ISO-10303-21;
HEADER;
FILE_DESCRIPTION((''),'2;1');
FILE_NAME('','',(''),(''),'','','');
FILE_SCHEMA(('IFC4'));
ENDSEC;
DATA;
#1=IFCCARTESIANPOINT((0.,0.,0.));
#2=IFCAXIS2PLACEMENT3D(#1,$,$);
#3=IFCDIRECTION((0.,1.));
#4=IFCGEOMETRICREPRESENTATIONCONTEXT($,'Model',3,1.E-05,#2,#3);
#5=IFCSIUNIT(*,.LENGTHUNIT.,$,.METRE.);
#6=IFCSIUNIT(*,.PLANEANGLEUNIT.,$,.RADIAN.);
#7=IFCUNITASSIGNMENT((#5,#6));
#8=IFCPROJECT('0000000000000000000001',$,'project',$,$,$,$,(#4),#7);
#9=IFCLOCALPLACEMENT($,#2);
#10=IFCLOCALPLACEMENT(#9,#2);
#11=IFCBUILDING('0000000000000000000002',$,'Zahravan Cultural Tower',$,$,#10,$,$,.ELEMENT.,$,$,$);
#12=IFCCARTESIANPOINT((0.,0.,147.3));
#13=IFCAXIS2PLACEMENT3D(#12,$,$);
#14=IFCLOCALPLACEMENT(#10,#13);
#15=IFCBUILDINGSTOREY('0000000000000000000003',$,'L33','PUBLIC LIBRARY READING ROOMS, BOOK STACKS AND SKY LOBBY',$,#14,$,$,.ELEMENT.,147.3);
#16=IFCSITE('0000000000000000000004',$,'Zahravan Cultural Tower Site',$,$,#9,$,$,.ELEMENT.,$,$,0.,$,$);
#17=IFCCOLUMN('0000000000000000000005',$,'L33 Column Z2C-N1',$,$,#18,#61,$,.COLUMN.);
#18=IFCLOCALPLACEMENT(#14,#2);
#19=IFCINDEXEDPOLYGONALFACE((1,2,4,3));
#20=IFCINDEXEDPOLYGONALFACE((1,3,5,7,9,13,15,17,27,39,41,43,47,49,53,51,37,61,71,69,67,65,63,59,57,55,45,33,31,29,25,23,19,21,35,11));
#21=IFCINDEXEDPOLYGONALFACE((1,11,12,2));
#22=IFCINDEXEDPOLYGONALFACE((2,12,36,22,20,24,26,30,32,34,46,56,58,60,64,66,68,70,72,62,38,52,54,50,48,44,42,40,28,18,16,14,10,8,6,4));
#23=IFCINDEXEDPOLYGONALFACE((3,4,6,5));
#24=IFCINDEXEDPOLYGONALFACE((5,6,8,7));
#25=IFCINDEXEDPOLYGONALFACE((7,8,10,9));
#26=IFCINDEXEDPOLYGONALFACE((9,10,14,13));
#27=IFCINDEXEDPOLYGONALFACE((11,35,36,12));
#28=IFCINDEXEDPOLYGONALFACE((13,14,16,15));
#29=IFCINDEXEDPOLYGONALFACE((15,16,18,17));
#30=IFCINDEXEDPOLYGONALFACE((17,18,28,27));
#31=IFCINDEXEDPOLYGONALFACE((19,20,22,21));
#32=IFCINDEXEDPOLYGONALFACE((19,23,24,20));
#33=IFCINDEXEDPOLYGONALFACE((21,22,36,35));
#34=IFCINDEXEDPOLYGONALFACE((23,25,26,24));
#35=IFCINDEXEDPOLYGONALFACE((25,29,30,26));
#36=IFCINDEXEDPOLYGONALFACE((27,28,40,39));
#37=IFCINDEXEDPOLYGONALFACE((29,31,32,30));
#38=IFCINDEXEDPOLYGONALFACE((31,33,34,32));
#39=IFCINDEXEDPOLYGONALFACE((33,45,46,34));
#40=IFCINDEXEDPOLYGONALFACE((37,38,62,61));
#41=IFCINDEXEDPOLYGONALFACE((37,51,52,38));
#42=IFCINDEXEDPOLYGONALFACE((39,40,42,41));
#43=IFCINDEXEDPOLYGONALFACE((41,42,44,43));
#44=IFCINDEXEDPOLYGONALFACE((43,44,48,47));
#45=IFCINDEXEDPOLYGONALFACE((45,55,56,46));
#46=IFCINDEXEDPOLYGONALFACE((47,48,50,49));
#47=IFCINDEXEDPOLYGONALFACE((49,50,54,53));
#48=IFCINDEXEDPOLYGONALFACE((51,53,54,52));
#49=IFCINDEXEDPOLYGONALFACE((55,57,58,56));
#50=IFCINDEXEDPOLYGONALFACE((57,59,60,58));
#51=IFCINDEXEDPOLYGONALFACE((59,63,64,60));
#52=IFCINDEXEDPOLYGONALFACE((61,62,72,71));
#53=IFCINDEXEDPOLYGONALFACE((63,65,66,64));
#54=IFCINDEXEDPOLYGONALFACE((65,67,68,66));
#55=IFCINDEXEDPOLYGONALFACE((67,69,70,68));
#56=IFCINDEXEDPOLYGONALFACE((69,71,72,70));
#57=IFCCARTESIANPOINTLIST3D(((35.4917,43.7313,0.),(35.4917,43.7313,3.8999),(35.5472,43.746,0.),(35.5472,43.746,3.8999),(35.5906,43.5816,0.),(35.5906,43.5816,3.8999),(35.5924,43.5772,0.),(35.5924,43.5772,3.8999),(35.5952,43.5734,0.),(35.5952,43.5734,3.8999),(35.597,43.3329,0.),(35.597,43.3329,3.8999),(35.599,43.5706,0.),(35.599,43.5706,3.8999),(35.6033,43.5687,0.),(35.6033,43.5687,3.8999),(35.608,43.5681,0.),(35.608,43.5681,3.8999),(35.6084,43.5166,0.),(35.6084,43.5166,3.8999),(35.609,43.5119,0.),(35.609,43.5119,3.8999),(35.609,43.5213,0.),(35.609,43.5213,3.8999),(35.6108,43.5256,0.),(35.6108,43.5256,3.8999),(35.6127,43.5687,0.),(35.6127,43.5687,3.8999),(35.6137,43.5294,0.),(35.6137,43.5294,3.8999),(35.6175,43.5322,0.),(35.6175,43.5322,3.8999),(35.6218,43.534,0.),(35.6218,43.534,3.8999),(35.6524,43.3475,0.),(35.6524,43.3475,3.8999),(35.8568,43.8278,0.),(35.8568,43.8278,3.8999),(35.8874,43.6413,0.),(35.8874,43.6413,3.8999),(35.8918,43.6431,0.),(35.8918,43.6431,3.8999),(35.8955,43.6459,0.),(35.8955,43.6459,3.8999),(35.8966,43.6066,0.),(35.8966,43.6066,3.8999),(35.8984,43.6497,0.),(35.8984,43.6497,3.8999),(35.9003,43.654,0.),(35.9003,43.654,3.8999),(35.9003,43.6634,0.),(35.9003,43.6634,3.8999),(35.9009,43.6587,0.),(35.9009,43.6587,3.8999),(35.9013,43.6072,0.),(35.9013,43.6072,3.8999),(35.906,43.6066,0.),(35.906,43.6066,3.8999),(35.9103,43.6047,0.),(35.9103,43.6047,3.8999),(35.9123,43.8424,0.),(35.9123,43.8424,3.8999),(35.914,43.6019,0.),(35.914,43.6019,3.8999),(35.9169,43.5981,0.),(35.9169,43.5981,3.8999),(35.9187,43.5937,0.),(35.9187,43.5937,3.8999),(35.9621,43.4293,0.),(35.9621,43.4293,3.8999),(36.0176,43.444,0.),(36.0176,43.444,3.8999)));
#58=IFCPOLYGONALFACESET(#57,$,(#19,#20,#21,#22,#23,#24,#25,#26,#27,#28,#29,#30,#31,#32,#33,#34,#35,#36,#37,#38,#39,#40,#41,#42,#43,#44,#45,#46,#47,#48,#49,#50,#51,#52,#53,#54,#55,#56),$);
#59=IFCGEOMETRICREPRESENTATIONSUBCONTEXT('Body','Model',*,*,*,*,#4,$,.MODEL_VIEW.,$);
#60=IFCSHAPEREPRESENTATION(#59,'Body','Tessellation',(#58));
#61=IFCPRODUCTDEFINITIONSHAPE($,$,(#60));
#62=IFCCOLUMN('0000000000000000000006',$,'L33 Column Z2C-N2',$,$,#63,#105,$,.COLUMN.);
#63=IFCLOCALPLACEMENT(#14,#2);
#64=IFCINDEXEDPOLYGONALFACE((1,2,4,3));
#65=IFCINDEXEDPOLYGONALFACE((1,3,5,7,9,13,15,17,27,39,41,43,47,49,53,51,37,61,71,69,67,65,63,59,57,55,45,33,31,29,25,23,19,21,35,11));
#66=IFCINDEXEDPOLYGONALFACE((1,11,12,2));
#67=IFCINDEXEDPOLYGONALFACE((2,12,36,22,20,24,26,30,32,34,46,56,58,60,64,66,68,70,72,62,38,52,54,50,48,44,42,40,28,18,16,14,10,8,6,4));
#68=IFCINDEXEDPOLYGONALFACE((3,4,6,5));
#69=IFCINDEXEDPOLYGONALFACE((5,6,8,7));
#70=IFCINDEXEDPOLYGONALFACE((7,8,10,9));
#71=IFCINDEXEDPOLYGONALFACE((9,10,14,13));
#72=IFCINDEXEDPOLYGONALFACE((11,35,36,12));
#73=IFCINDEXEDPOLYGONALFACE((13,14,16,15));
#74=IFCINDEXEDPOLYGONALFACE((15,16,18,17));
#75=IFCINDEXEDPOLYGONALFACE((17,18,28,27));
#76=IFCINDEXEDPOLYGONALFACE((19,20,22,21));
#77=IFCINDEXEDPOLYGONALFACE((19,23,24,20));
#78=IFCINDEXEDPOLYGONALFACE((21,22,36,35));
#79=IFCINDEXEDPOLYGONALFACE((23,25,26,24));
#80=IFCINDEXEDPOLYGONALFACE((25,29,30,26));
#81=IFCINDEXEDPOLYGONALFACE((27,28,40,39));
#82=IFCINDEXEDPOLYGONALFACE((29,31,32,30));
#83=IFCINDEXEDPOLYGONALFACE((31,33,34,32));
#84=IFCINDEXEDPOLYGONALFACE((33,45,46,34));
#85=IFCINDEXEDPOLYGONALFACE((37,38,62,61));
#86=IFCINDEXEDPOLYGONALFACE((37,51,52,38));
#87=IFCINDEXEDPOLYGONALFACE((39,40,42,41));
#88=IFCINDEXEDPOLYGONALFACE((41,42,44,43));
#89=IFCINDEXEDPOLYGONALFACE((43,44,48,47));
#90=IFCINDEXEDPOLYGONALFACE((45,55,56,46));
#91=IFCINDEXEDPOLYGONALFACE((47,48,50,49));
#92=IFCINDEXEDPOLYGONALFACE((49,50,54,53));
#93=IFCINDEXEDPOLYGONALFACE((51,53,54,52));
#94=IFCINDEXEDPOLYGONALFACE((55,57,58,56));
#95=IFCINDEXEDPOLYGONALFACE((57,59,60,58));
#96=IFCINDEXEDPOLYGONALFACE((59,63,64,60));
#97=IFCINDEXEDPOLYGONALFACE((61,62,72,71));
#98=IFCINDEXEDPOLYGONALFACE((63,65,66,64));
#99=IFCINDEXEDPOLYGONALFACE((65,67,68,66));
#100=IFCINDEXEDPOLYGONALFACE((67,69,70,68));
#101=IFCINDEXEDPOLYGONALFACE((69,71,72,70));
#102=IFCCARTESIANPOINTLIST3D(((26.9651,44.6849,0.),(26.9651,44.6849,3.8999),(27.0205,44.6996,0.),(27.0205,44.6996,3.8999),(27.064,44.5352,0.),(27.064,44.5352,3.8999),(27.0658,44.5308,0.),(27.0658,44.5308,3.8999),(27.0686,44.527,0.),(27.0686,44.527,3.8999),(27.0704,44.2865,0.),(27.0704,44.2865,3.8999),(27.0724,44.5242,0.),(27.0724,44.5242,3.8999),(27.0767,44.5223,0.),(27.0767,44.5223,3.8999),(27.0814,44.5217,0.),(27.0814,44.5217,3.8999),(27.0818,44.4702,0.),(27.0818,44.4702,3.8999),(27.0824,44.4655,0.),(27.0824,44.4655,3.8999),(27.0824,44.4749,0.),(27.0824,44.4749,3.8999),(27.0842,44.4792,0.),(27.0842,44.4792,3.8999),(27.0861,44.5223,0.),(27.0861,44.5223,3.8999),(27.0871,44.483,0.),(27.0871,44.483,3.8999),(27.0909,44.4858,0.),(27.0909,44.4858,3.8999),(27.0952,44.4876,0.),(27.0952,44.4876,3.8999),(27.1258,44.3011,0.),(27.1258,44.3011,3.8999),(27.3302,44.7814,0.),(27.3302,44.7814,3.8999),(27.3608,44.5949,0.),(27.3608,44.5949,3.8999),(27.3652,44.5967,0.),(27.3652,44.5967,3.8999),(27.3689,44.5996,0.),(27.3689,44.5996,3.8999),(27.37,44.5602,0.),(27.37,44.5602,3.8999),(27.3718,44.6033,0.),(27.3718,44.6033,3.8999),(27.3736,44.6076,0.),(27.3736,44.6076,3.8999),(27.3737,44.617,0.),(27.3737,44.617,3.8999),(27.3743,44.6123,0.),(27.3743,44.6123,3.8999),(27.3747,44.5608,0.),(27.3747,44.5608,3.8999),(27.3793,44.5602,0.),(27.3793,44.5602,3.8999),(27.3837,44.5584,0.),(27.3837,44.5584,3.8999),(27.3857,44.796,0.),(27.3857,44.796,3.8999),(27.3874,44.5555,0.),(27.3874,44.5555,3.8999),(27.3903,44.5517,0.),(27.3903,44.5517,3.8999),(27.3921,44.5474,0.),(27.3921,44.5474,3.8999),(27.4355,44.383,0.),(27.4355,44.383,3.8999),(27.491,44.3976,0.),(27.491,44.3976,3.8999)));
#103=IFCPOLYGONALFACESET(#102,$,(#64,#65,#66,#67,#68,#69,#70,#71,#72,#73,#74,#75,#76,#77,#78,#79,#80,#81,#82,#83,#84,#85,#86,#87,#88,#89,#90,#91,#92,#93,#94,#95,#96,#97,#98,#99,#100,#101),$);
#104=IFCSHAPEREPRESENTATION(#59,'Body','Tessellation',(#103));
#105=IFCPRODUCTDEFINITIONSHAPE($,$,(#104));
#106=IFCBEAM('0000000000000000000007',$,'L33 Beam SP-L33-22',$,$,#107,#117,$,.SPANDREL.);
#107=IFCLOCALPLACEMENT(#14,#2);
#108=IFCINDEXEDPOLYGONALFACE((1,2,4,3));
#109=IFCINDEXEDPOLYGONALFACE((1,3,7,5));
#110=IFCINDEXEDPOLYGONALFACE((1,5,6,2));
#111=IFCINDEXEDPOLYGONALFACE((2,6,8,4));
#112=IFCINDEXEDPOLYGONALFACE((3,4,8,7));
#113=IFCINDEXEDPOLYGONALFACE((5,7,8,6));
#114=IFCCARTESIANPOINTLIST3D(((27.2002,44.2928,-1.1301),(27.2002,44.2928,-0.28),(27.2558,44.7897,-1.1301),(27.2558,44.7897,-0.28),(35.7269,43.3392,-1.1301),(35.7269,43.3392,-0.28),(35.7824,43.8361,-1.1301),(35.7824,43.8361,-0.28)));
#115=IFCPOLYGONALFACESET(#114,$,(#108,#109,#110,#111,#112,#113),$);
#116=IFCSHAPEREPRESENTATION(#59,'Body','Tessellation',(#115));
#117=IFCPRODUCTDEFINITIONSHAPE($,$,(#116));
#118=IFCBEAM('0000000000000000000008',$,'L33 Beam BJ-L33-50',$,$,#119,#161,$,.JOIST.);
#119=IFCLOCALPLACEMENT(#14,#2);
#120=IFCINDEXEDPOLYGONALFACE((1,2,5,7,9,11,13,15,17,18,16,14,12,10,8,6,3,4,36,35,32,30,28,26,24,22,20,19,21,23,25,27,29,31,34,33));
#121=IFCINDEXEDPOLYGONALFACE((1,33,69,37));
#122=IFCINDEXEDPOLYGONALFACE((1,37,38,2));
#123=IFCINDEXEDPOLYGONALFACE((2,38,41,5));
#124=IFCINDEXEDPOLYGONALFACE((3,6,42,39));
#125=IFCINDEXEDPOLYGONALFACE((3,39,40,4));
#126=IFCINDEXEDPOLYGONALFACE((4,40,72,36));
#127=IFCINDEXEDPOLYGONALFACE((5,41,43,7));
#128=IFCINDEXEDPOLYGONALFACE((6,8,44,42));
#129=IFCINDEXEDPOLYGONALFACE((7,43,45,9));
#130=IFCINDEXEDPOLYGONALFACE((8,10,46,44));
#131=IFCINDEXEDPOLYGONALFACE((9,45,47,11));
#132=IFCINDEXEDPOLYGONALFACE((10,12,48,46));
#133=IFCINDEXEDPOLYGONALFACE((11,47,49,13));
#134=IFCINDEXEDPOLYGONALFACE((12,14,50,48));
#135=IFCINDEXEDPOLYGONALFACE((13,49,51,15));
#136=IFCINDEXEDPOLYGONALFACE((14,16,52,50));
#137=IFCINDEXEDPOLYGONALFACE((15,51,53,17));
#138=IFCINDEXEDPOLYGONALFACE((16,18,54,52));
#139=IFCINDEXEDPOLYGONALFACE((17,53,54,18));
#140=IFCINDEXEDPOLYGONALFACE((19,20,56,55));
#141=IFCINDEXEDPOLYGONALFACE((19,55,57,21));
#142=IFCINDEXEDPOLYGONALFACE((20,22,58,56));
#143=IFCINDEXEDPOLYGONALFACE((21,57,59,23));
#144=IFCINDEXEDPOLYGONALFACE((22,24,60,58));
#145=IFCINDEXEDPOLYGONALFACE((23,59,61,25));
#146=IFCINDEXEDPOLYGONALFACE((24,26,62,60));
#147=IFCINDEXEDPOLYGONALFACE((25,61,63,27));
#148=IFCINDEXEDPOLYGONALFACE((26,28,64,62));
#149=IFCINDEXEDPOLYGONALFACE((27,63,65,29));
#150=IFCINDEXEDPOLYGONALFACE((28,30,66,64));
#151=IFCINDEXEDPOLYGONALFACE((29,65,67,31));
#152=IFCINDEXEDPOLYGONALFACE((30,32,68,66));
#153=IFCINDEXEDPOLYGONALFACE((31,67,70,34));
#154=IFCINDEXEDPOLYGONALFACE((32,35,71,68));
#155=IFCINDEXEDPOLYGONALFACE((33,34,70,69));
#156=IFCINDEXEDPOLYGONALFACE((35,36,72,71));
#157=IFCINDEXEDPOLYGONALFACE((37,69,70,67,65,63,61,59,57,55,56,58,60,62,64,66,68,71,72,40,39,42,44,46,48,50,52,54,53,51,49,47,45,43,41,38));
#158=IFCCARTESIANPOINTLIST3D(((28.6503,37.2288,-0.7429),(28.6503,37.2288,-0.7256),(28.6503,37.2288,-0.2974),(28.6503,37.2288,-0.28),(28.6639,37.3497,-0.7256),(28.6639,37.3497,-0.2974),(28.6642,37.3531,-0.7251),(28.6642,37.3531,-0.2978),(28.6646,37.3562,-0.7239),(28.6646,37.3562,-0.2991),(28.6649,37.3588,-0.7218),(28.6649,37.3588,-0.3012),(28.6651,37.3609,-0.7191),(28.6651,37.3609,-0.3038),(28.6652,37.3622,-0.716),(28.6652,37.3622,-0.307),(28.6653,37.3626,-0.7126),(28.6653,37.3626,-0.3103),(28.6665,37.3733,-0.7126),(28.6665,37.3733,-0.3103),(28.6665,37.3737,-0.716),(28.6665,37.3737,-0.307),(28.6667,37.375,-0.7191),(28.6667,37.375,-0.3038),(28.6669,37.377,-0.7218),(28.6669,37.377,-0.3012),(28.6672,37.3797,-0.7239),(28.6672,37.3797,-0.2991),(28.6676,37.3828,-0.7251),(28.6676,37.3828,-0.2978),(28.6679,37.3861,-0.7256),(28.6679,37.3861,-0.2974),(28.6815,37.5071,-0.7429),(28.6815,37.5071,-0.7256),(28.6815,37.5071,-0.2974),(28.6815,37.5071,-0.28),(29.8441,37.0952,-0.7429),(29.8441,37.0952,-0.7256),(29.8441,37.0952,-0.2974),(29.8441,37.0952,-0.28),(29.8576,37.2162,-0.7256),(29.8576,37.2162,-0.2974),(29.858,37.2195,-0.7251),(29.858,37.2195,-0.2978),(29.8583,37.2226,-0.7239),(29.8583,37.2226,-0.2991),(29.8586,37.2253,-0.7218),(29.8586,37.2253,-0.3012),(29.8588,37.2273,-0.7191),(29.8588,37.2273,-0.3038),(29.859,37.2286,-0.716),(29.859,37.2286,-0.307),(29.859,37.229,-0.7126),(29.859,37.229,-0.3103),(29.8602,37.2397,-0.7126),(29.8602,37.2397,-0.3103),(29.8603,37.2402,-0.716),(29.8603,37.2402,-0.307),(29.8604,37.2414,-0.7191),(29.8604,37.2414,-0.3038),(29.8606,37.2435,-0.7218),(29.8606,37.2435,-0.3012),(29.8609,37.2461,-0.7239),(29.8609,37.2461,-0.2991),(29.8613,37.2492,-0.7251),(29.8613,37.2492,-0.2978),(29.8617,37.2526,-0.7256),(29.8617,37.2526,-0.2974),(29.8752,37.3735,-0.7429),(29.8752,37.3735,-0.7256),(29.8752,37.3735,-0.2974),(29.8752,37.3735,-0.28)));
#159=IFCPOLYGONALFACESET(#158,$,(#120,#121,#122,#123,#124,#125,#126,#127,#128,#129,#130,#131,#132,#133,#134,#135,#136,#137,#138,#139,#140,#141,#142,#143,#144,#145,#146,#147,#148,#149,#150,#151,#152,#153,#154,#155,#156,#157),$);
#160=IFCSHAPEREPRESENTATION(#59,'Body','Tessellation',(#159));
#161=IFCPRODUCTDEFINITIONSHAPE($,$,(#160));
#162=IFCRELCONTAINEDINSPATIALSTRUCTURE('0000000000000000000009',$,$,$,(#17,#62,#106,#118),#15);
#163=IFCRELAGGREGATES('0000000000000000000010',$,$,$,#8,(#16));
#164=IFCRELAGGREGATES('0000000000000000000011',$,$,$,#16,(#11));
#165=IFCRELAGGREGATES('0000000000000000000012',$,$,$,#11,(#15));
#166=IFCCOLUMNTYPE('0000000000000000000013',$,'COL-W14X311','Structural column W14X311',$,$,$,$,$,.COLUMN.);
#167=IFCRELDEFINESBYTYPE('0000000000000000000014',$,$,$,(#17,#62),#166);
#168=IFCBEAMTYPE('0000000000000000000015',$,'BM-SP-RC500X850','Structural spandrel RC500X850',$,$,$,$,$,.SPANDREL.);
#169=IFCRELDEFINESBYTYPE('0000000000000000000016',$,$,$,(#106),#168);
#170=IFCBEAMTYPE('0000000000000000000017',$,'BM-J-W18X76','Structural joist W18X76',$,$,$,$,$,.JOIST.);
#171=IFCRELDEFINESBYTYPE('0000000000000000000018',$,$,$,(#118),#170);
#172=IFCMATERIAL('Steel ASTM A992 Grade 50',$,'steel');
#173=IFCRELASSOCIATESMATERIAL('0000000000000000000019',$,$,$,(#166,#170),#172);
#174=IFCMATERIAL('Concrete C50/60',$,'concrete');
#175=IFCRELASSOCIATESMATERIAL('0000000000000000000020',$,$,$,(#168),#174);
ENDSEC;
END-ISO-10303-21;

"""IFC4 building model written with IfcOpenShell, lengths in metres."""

from ifc_helpers import new_model, si_unit, direction, frame, origin, origin_2d, place, context, subcontext, project, spatial, rectangle, i_section, extrude, source, transform, mapped, material, material_profile, profile_set, type_object, element, save


model = new_model("IFC4")

# Units and contexts
model_context = context("Model", 3, precision=1e-05, world=origin(), true_north=direction((0.0, 1.0)))
body_context = subcontext(model_context, "Body", "Model", "MODEL_VIEW")
ifc_project = project(units=[si_unit("LENGTHUNIT", "METRE"), si_unit("PLANEANGLEUNIT", "RADIAN")], contexts=[model_context])

# Site, building, storey
site_placement = place(None, origin())
site = spatial("IfcSite", under=ifc_project, at=site_placement, Name="Zahravan Cultural Tower Site", CompositionType="ELEMENT", RefElevation=0.0)
building_placement = place(site_placement, origin())
building = spatial("IfcBuilding", under=site, at=building_placement, Name="Zahravan Cultural Tower", CompositionType="ELEMENT")
storey_placement = place(building_placement, frame((0.0, 0.0, 147.3)))
storey = spatial("IfcBuildingStorey", under=building, at=storey_placement, Name="L33", Description="PUBLIC LIBRARY READING ROOMS, BOOK STACKS AND SKY LOBBY", CompositionType="ELEMENT", Elevation=147.3)

# Columns
ifc_material_1 = material(Name="Steel ASTM A992 Grade 50", Category="steel")
ifc_material_profile_1 = material_profile(ifc_material_1, i_section(OverallWidth=0.4121, OverallDepth=0.4351, WebThickness=0.0359, FlangeThickness=0.0574, FilletRadius=0.0181, at=origin_2d()), Name="W14X311")
ifc_profile_set_1 = profile_set([ifc_material_profile_1], Name="Steel ASTM A992 Grade 50")
column_type = type_object("IfcColumnType", Name="COL-W14X311", Description="Structural column W14X311", PredefinedType="COLUMN", material=ifc_profile_set_1)
shared_shape_1 = source(origin(), body_context, "Body", "SweptSolid", [
    extrude(i_section(OverallWidth=0.4121, OverallDepth=0.4351, WebThickness=0.0359, FlangeThickness=0.0574, FilletRadius=0.0181, at=origin_2d()), origin(), (0.0, 0.0, 1.0), 3.8999),
])
for number, where, z_axis, x_axis, name in (
    (1, (35.7546, 43.5876, 0.0), (0.0, 0.0, 1.0), (-0.255446, 0.966823, 0.0), "L33 Column Z2C-N1"),
    (2, (27.228, 44.5413, 0.0), (0.0, 0.0, 1.0), (-0.255446, 0.966823, 0.0), "L33 Column Z2C-N2"),
):
    element("IfcColumn", number, at=place(storey_placement, frame(where, z_axis=z_axis, x_axis=x_axis)), inside=storey, type_object=column_type, Name=name, PredefinedType="COLUMN", context=body_context, shape_type="MappedRepresentation", body=[
        mapped(shared_shape_1, transform((0.0, 0.0, 0.0), x_axis=(1.0, 0.0, 0.0), y_axis=(0.0, 1.0, 0.0), z_axis=(0.0, 0.0, 1.0), scale=1.0)),
    ])

# Beams
ifc_material_2 = material(Name="Concrete C50/60", Category="concrete")
ifc_material_profile_2 = material_profile(ifc_material_2, rectangle(XDim=0.5, YDim=0.8501, at=origin_2d()), Name="RC500X850")
ifc_profile_set_2 = profile_set([ifc_material_profile_2], Name="Concrete C50/60")
beam_type_1 = type_object("IfcBeamType", Name="BM-SP-RC500X850", Description="Structural spandrel RC500X850", PredefinedType="SPANDREL", material=ifc_profile_set_2)
shared_shape_2 = source(origin(), body_context, "Body", "SweptSolid", [
    extrude(rectangle(XDim=0.5, YDim=0.8501, at=origin_2d()), origin(), (0.0, 0.0, 1.0), 8.5798),
])
beam_1_placement = place(storey_placement, frame((35.7546, 43.5876, -0.7051), z_axis=(-0.993804, 0.111147, 0.0), x_axis=(-0.111147, -0.993804, 0.0)))
element("IfcBeam", 3, at=beam_1_placement, inside=storey, type_object=beam_type_1, Name="L33 Beam SP-L33-22", PredefinedType="SPANDREL", context=body_context, shape_type="MappedRepresentation", body=[
    mapped(shared_shape_2, transform((0.0, 0.0, 0.0), x_axis=(1.0, 0.0, 0.0), y_axis=(0.0, 1.0, 0.0), z_axis=(0.0, 0.0, 1.0), scale=1.0)),
])
ifc_material_profile_3 = material_profile(ifc_material_1, i_section(OverallWidth=0.28, OverallDepth=0.4629, WebThickness=0.0107, FlangeThickness=0.0173, FilletRadius=0.0129, at=origin_2d()), Name="W18X76")
ifc_profile_set_3 = profile_set([ifc_material_profile_3], Name="Steel ASTM A992 Grade 50")
beam_type_2 = type_object("IfcBeamType", Name="BM-J-W18X76", Description="Structural joist W18X76", PredefinedType="JOIST", material=ifc_profile_set_3)
shared_shape_3 = source(origin(), body_context, "Body", "SweptSolid", [
    extrude(i_section(OverallWidth=0.28, OverallDepth=0.4629, WebThickness=0.0107, FlangeThickness=0.0173, FilletRadius=0.0129, at=origin_2d()), origin(), (0.0, 0.0, 1.0), 1.2012),
])
beam_2_placement = place(storey_placement, frame((29.8596, 37.2344, -0.5115), z_axis=(-0.993799, 0.11119, 0.0), x_axis=(-0.11119, -0.993799, 0.0)))
element("IfcBeam", 4, at=beam_2_placement, inside=storey, type_object=beam_type_2, Name="L33 Beam BJ-L33-50", PredefinedType="JOIST", context=body_context, shape_type="MappedRepresentation", body=[
    mapped(shared_shape_3, transform((0.0, 0.0, 0.0), x_axis=(1.0, 0.0, 0.0), y_axis=(0.0, 1.0, 0.0), z_axis=(0.0, 0.0, 1.0), scale=1.0)),
])

save(model, "model.ifc")
